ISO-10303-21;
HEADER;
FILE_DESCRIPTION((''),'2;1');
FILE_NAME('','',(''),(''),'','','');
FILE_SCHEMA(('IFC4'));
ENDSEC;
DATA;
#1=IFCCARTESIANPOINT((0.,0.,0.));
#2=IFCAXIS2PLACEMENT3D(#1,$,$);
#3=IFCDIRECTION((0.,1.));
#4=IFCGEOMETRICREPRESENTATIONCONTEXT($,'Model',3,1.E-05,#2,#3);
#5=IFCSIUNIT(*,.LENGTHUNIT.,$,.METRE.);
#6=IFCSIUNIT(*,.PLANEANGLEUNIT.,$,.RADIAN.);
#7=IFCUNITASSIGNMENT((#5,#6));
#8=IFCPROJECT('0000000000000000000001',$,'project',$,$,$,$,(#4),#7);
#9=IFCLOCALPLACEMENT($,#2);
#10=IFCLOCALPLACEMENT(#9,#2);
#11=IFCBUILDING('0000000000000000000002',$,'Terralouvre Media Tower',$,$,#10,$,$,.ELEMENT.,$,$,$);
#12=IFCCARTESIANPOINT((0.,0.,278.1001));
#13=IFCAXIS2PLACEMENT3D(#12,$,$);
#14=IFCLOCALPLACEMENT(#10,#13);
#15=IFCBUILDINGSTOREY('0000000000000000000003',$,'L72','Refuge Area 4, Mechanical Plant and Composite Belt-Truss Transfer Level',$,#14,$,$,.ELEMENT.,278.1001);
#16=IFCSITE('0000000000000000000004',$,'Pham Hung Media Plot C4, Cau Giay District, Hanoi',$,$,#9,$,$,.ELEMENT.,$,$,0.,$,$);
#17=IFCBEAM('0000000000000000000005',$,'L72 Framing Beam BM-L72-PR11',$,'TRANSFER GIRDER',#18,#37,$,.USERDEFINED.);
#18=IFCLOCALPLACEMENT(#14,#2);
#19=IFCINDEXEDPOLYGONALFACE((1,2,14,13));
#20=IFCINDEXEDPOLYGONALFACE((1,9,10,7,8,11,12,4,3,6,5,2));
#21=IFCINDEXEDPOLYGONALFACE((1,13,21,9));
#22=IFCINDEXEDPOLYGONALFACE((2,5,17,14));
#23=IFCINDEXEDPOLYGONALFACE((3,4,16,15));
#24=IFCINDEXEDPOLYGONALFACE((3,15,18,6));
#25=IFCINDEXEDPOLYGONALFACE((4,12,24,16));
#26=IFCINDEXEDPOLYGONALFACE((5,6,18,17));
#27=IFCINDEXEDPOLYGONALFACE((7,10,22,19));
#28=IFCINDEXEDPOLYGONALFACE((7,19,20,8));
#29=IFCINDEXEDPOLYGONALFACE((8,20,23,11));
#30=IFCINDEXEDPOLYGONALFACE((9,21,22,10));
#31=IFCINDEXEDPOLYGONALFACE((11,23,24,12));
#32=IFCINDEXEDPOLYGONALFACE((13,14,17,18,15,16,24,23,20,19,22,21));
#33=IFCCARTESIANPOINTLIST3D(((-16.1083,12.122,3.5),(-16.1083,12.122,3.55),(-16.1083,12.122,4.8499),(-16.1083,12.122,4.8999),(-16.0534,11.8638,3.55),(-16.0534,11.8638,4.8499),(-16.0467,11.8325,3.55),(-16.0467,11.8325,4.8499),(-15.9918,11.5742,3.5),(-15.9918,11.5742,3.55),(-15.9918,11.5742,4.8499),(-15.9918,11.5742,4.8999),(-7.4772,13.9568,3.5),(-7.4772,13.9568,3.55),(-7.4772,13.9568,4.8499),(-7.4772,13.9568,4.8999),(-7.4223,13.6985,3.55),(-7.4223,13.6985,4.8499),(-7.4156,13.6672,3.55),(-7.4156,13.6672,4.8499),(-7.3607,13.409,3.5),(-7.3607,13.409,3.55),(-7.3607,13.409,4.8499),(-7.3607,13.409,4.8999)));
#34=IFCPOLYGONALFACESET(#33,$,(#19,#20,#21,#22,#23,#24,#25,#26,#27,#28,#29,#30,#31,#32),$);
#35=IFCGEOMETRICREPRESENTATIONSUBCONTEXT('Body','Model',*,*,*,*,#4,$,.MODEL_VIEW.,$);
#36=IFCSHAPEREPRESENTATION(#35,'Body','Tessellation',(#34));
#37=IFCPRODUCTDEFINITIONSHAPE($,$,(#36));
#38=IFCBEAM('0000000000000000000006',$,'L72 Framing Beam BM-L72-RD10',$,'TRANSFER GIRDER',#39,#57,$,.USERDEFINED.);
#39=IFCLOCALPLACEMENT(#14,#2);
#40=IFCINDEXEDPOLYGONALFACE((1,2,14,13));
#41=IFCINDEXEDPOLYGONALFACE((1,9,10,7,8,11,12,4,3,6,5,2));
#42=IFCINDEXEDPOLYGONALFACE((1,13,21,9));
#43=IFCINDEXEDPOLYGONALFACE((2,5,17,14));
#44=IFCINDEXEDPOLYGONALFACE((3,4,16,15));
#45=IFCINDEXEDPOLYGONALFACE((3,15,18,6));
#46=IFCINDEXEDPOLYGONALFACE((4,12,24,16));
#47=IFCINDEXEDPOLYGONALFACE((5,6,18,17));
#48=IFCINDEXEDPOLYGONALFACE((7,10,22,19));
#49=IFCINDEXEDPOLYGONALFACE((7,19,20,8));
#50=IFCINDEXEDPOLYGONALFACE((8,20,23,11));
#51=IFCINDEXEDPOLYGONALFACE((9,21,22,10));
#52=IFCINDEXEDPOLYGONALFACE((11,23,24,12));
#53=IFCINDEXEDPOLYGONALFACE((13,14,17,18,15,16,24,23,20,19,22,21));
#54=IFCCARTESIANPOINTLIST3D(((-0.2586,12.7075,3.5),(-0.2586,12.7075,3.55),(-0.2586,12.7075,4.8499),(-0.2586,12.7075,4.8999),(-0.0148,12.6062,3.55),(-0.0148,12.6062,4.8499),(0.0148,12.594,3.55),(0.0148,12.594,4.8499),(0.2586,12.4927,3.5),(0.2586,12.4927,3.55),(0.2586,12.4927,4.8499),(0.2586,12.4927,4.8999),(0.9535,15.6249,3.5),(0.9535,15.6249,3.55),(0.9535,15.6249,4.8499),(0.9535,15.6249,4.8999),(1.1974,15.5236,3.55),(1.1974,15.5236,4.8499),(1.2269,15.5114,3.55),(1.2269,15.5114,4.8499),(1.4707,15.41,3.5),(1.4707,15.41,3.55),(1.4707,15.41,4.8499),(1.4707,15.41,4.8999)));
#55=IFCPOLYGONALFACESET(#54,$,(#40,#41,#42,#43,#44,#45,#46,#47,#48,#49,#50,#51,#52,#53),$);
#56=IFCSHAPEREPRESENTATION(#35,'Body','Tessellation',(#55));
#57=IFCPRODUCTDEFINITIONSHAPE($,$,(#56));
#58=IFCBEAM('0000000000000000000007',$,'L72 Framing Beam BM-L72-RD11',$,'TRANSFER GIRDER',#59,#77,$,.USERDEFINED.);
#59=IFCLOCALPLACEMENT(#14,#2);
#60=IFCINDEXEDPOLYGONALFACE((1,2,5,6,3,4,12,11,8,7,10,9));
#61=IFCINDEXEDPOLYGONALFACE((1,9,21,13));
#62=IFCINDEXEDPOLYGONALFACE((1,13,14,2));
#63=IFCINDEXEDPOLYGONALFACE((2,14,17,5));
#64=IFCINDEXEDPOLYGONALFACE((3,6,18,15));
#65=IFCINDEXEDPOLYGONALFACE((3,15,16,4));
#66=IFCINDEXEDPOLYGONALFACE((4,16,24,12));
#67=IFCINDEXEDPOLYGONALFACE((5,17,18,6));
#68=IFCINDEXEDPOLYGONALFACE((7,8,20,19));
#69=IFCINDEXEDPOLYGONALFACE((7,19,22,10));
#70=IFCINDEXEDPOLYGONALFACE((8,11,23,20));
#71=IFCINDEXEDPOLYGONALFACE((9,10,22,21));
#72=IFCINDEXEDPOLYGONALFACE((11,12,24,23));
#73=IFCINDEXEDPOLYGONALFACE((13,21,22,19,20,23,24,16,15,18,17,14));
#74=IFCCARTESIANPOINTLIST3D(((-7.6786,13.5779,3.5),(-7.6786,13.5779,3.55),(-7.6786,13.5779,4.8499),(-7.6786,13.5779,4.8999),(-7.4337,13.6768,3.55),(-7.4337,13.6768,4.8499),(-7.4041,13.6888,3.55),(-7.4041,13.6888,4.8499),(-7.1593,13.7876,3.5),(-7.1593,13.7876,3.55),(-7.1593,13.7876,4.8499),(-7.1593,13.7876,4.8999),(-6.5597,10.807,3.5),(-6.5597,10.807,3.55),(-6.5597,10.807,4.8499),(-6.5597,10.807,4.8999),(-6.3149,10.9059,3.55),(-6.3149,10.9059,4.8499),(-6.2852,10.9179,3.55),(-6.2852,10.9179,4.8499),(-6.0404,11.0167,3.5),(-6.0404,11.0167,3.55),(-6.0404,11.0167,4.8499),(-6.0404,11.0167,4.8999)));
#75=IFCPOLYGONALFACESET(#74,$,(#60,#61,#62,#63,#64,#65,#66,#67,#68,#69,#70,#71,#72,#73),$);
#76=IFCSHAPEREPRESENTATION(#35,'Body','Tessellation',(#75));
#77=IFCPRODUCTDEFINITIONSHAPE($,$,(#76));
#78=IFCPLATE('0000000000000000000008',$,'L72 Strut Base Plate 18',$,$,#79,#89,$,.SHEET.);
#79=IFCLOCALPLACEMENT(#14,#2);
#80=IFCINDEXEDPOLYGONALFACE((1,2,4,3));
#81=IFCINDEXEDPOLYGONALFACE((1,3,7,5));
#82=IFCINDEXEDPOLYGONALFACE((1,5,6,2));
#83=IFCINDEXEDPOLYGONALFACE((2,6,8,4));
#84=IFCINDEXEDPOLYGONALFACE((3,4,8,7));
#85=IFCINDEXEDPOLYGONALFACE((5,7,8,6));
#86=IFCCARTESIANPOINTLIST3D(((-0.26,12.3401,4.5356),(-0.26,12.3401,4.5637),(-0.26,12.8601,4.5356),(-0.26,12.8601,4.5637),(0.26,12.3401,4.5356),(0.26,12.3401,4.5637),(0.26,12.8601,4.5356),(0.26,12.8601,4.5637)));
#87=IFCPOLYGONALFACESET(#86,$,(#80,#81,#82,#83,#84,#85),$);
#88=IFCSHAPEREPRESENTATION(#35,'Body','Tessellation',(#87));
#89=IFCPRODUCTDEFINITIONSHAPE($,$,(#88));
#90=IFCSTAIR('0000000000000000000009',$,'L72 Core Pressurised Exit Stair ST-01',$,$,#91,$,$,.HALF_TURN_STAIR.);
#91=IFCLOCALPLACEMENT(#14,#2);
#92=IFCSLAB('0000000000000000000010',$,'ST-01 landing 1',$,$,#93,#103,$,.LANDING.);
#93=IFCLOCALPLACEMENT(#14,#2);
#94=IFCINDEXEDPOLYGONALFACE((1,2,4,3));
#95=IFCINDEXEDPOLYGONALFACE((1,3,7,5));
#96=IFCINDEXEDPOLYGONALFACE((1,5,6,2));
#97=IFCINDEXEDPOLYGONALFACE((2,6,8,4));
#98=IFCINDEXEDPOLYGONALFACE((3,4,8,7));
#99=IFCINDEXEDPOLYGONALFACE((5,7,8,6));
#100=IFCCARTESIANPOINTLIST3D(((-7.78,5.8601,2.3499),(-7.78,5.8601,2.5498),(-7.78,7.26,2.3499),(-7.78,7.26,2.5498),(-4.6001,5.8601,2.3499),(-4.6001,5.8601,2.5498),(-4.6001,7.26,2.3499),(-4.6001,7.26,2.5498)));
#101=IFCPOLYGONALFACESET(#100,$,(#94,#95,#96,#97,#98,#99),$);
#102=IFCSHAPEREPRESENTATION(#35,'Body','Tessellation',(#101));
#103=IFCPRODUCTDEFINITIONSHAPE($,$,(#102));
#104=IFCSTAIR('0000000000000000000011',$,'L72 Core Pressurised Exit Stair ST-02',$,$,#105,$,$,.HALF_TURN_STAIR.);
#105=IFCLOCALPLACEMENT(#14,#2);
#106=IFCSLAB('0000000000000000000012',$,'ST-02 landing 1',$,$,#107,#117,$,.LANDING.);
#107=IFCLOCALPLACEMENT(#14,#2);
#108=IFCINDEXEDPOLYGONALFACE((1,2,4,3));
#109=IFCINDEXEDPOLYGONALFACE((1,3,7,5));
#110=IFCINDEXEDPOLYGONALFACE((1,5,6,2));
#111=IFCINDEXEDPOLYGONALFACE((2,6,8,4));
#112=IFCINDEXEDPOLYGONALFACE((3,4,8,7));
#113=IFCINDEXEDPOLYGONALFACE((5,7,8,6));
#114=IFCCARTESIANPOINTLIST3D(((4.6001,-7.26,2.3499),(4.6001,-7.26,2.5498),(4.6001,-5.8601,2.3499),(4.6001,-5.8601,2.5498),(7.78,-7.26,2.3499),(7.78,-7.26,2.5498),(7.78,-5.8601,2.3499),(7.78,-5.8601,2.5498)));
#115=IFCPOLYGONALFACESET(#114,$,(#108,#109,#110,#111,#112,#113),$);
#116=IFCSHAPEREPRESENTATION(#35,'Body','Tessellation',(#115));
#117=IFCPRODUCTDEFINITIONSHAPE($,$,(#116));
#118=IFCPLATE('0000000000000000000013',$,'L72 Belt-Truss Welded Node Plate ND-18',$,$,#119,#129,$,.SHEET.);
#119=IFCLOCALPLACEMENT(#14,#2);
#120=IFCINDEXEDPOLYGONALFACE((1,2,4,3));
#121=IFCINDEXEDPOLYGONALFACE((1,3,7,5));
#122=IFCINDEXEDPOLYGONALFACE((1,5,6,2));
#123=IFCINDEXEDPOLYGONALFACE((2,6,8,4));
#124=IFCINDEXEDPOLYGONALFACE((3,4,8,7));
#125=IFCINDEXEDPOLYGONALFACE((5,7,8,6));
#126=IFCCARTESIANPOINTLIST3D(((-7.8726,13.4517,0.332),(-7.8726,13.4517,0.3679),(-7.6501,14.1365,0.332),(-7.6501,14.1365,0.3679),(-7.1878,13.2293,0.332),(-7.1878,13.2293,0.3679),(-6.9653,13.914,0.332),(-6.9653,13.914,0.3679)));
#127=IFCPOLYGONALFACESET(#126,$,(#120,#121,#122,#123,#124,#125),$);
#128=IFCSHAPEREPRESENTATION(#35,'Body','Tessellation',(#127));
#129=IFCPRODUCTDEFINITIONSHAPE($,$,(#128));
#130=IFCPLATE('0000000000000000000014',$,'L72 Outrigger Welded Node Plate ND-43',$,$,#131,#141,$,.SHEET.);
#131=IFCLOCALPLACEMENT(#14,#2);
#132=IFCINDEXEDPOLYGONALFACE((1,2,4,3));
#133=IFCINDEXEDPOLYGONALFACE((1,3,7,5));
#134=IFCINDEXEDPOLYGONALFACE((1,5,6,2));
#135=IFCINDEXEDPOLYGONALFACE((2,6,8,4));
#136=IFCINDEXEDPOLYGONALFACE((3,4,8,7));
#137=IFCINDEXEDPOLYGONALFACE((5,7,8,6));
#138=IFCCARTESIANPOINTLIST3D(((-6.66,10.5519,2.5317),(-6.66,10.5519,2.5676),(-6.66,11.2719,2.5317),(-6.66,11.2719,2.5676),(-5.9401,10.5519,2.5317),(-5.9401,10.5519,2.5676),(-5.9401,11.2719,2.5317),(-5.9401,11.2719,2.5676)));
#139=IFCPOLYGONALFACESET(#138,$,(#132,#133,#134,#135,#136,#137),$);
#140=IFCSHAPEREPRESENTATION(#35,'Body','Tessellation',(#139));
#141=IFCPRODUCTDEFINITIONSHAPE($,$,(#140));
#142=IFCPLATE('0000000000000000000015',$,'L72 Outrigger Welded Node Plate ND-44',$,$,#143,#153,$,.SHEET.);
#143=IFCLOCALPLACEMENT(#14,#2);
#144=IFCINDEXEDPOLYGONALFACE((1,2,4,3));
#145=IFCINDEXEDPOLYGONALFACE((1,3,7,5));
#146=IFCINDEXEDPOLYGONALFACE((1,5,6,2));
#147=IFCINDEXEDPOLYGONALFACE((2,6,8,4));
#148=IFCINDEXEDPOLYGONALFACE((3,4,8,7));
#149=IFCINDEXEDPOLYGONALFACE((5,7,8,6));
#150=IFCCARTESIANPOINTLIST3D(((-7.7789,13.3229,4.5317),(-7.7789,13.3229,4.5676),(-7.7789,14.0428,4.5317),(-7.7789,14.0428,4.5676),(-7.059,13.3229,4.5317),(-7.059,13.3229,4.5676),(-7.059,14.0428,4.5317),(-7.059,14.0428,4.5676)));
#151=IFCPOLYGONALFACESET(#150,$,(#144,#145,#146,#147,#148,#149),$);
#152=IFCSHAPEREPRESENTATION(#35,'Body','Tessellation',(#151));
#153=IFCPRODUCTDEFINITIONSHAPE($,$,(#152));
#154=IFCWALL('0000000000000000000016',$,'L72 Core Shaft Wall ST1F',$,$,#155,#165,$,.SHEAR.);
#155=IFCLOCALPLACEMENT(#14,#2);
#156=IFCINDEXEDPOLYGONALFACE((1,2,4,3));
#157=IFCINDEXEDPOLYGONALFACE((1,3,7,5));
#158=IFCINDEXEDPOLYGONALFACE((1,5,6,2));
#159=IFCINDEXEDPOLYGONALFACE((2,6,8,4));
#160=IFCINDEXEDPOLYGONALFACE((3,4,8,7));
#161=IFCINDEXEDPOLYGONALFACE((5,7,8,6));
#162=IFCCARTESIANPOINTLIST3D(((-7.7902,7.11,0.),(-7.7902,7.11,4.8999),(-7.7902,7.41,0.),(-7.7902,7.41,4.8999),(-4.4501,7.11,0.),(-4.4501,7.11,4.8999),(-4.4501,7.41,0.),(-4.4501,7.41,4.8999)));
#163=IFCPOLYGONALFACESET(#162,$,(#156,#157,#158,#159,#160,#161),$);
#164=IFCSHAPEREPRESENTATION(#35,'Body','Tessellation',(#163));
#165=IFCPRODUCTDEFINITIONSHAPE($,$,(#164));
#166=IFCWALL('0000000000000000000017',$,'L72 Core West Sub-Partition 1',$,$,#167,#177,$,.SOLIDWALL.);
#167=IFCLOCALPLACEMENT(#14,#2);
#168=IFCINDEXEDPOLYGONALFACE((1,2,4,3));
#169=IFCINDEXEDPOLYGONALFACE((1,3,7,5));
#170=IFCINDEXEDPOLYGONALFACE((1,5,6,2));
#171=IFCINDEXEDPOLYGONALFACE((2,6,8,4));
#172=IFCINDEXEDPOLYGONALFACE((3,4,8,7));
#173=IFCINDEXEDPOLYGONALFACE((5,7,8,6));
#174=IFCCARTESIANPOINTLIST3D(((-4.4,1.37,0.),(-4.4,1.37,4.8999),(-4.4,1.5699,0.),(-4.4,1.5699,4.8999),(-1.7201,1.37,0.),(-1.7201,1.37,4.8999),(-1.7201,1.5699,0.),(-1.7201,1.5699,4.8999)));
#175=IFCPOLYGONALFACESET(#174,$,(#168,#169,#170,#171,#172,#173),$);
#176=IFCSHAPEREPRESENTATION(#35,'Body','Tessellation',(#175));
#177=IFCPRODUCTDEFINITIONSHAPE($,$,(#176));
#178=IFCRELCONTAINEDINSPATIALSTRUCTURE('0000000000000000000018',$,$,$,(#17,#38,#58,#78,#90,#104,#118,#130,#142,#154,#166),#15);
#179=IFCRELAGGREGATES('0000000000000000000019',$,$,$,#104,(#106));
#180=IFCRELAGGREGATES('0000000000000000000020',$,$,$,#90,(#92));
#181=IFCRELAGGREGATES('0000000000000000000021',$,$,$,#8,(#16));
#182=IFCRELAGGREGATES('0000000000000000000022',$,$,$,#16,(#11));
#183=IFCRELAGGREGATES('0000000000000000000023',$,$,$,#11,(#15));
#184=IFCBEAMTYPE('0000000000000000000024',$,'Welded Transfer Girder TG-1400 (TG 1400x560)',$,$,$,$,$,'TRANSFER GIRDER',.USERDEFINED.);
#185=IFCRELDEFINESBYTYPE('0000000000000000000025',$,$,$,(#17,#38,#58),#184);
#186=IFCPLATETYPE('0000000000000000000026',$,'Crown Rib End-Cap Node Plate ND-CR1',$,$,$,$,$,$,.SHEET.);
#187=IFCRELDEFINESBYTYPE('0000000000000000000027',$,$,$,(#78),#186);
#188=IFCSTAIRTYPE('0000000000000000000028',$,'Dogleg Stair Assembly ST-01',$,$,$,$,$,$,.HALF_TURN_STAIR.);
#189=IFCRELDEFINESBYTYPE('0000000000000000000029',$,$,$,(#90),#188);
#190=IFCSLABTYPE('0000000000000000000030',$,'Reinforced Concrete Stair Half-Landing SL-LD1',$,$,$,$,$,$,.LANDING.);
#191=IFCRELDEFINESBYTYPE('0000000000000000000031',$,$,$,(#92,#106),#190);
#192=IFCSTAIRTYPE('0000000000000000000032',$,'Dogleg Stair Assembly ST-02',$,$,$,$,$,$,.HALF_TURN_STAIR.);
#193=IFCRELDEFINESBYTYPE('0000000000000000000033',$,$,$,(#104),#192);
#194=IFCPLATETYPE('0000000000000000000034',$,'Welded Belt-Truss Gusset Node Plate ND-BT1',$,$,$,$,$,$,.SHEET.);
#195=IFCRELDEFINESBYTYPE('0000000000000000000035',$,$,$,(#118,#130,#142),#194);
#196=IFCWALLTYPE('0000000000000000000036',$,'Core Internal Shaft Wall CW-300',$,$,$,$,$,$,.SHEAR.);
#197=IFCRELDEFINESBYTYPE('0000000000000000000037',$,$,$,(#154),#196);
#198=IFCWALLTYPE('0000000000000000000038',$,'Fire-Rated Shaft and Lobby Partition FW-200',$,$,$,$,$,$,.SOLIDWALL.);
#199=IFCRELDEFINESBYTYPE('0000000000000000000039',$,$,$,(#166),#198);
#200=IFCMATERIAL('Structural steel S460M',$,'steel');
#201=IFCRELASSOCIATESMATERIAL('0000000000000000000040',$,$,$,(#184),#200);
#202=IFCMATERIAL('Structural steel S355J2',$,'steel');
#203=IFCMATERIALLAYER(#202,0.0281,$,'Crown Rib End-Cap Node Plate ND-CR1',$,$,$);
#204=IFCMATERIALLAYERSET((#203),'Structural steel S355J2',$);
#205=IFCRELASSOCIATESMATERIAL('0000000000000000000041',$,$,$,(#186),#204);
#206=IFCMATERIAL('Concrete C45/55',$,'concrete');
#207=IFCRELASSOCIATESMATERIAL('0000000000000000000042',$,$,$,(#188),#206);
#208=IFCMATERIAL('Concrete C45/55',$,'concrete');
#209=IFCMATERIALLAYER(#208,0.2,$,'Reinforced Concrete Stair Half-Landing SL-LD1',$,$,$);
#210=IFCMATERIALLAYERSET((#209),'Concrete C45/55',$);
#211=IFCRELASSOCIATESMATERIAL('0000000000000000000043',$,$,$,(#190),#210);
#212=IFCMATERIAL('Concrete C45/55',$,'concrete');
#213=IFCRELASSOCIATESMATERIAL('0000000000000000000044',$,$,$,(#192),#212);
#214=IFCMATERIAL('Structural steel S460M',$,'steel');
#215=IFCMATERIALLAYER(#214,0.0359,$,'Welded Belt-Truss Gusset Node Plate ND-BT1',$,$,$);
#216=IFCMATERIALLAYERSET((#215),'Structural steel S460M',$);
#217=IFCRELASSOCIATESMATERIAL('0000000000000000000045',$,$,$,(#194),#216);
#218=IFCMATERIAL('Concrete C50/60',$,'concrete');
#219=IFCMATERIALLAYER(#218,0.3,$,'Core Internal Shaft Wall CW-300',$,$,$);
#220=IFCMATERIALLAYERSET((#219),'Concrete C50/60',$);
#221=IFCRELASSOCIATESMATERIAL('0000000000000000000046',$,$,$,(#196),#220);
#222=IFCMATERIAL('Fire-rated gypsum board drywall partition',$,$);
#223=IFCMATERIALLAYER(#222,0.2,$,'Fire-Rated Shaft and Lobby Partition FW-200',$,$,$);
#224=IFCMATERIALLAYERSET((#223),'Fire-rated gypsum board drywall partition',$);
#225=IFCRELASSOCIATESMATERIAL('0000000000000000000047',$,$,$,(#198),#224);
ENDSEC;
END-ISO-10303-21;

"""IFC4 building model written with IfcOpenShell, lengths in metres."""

from ifc_helpers import new_model, si_unit, direction, frame, frame_2d, origin, origin_2d, place, context, subcontext, project, spatial, polyline, rectangle, i_section, outline, extrude, material, layer, layer_set, material_profile, profile_set, type_object, element, aggregate, save


model = new_model("IFC4")

# Units and contexts
model_context = context("Model", 3, precision=1e-05, world=origin(), true_north=direction((0.0, 1.0)))
body_context = subcontext(model_context, "Body", "Model", "MODEL_VIEW")
ifc_project = project(units=[si_unit("LENGTHUNIT", "METRE"), si_unit("PLANEANGLEUNIT", "RADIAN")], contexts=[model_context])

# Site, building, storey
site_placement = place(None, origin())
site = spatial("IfcSite", under=ifc_project, at=site_placement, Name="Pham Hung Media Plot C4, Cau Giay District, Hanoi", CompositionType="ELEMENT", RefElevation=0.0)
building_placement = place(site_placement, origin())
building = spatial("IfcBuilding", under=site, at=building_placement, Name="Terralouvre Media Tower", CompositionType="ELEMENT")
storey_placement = place(building_placement, frame((0.0, 0.0, 278.1001)))
storey = spatial("IfcBuildingStorey", under=building, at=storey_placement, Name="L72", Description="Refuge Area 4, Mechanical Plant and Composite Belt-Truss Transfer Level", CompositionType="ELEMENT", Elevation=278.1001)

# Beams
ifc_material_1 = material(Name="Structural steel S460M", Category="steel")
ifc_material_profile_1 = material_profile(ifc_material_1, i_section(OverallWidth=0.5601, OverallDepth=1.3999, WebThickness=0.032, FlangeThickness=0.05, at=origin_2d()), Name="TG 1400x560")
ifc_profile_set_1 = profile_set([ifc_material_profile_1], Name="Structural steel S460M")
beam_type_1 = type_object("IfcBeamType", Name="Welded Transfer Girder TG-1400 (TG 1400x560)", ElementType="TRANSFER GIRDER", PredefinedType="USERDEFINED", material=ifc_profile_set_1)
beam_1_placement = place(storey_placement, frame((-7.4189, 13.6829, 4.2), z_axis=(-0.978145, -0.207925, 0.0), x_axis=(0.207925, -0.978145, 0.0)))
element("IfcBeam", 1, at=beam_1_placement, inside=storey, type_object=beam_type_1, Name="L72 Framing Beam BM-L72-PR11", ObjectType="TRANSFER GIRDER", PredefinedType="USERDEFINED", context=body_context, shape_type="SweptSolid", body=[
    extrude(i_section(OverallWidth=0.5601, OverallDepth=1.3999, WebThickness=0.032, FlangeThickness=0.05, at=origin_2d()), origin(), (0.0, 0.0, 1.0), 8.824),
])
beam_2_placement = place(storey_placement, frame((0.0, 12.6001, 4.2), z_axis=(0.383682, 0.923465, 0.0), x_axis=(-0.923465, 0.383682, 0.0)))
element("IfcBeam", 2, at=beam_2_placement, inside=storey, type_object=beam_type_1, Name="L72 Framing Beam BM-L72-RD10", ObjectType="TRANSFER GIRDER", PredefinedType="USERDEFINED", context=body_context, shape_type="SweptSolid", body=[
    extrude(i_section(OverallWidth=0.5601, OverallDepth=1.3999, WebThickness=0.032, FlangeThickness=0.05, at=origin_2d()), origin(), (0.0, 0.0, 1.0), 3.1592),
])
beam_3_placement = place(storey_placement, frame((-6.3, 10.9119, 4.2), z_axis=(-0.374417, 0.92726, 0.0), x_axis=(-0.92726, -0.374417, 0.0)))
element("IfcBeam", 3, at=beam_3_placement, inside=storey, type_object=beam_type_1, Name="L72 Framing Beam BM-L72-RD11", ObjectType="TRANSFER GIRDER", PredefinedType="USERDEFINED", context=body_context, shape_type="SweptSolid", body=[
    extrude(i_section(OverallWidth=0.5601, OverallDepth=1.3999, WebThickness=0.032, FlangeThickness=0.05, at=origin_2d()), origin(), (0.0, 0.0, 1.0), 2.9883),
])

# Plate
ifc_material_2 = material(Name="Structural steel S355J2", Category="steel")
ifc_layer_1 = layer(ifc_material_2, 0.0281, Name="Crown Rib End-Cap Node Plate ND-CR1")
ifc_layer_set_1 = layer_set([ifc_layer_1], Name="Structural steel S355J2")
plate_type_1 = type_object("IfcPlateType", Name="Crown Rib End-Cap Node Plate ND-CR1", PredefinedType="SHEET", material=ifc_layer_set_1)
plate_placement = place(storey_placement, frame((0.0, 12.6001, 4.5356), z_axis=(0.0, 0.0, 1.0), x_axis=(1.0, 0.0, 0.0)))
element("IfcPlate", 4, at=plate_placement, inside=storey, type_object=plate_type_1, Name="L72 Strut Base Plate 18", PredefinedType="SHEET", context=body_context, shape_type="SweptSolid", body=[
    extrude(rectangle(XDim=0.52, YDim=0.52, at=origin_2d()), origin(), (0.0, 0.0, 1.0), 0.0281),
])

# Stairs, slabs
ifc_material_3 = material(Name="Concrete C45/55", Category="concrete")
stair_type_1 = type_object("IfcStairType", Name="Dogleg Stair Assembly ST-01", PredefinedType="HALF_TURN_STAIR", material=ifc_material_3)
stair_1_placement = place(storey_placement, origin())
stair_1 = element("IfcStair", 5, at=stair_1_placement, inside=storey, type_object=stair_type_1, Name="L72 Core Pressurised Exit Stair ST-01", PredefinedType="HALF_TURN_STAIR")
ifc_material_4 = material(Name="Concrete C45/55", Category="concrete")
ifc_layer_2 = layer(ifc_material_4, 0.2, Name="Reinforced Concrete Stair Half-Landing SL-LD1")
ifc_layer_set_2 = layer_set([ifc_layer_2], Name="Concrete C45/55")
slab_type_1 = type_object("IfcSlabType", Name="Reinforced Concrete Stair Half-Landing SL-LD1", PredefinedType="LANDING", material=ifc_layer_set_2)
slab_1_placement = place(storey_placement, frame((0.0, 0.0, 2.3499)))
slab_1 = element("IfcSlab", 6, at=slab_1_placement, type_object=slab_type_1, Name="ST-01 landing 1", PredefinedType="LANDING", context=body_context, shape_type="SweptSolid", body=[
    extrude(outline(polyline([(-4.6001, 5.8601), (-4.6001, 7.26), (-7.78, 7.26), (-7.78, 5.8601), (-4.6001, 5.8601)])), origin(), (0.0, 0.0, 1.0), 0.2),
])
ifc_material_5 = material(Name="Concrete C45/55", Category="concrete")
stair_type_2 = type_object("IfcStairType", Name="Dogleg Stair Assembly ST-02", PredefinedType="HALF_TURN_STAIR", material=ifc_material_5)
stair_2_placement = place(storey_placement, origin())
stair_2 = element("IfcStair", 7, at=stair_2_placement, inside=storey, type_object=stair_type_2, Name="L72 Core Pressurised Exit Stair ST-02", PredefinedType="HALF_TURN_STAIR")
slab_2_placement = place(storey_placement, frame((0.0, 0.0, 2.3499)))
slab_2 = element("IfcSlab", 8, at=slab_2_placement, type_object=slab_type_1, Name="ST-02 landing 1", PredefinedType="LANDING", context=body_context, shape_type="SweptSolid", body=[
    extrude(outline(polyline([(4.6001, -5.8601), (4.6001, -7.26), (7.78, -7.26), (7.78, -5.8601), (4.6001, -5.8601)])), origin(), (0.0, 0.0, 1.0), 0.2),
])
aggregate(stair_2, [slab_2])

# Plates
ifc_material_6 = material(Name="Structural steel S460M", Category="steel")
ifc_layer_3 = layer(ifc_material_6, 0.0359, Name="Welded Belt-Truss Gusset Node Plate ND-BT1")
ifc_layer_set_3 = layer_set([ifc_layer_3], Name="Structural steel S460M")
plate_type_2 = type_object("IfcPlateType", Name="Welded Belt-Truss Gusset Node Plate ND-BT1", PredefinedType="SHEET", material=ifc_layer_set_3)
for number, where, z_axis, x_axis, name in (
    (9, (-7.4189, 13.6829, 0.332), (0.0, 0.0, 1.0), (0.309017, 0.951057, 0.0), "L72 Belt-Truss Welded Node Plate ND-18"),
    (10, (-6.3, 10.9119, 2.5317), (0.0, 0.0, 1.0), (1.0, 0.0, 0.0), "L72 Outrigger Welded Node Plate ND-43"),
    (11, (-7.4189, 13.6829, 4.5317), (0.0, 0.0, 1.0), (1.0, 0.0, 0.0), "L72 Outrigger Welded Node Plate ND-44"),
):
    element("IfcPlate", number, at=place(storey_placement, frame(where, z_axis=z_axis, x_axis=x_axis)), inside=storey, type_object=plate_type_2, Name=name, PredefinedType="SHEET", context=body_context, shape_type="SweptSolid", body=[
        extrude(rectangle(XDim=0.72, YDim=0.72, at=origin_2d()), origin(), (0.0, 0.0, 1.0), 0.0359),
    ])

# Walls
ifc_material_7 = material(Name="Concrete C50/60", Category="concrete")
ifc_layer_4 = layer(ifc_material_7, 0.3, Name="Core Internal Shaft Wall CW-300")
ifc_layer_set_4 = layer_set([ifc_layer_4], Name="Concrete C50/60")
wall_type_1 = type_object("IfcWallType", Name="Core Internal Shaft Wall CW-300", PredefinedType="SHEAR", material=ifc_layer_set_4)
wall_1_placement = place(storey_placement, frame((-7.79, 7.26, 0.0), z_axis=(0.0, 0.0, 1.0), x_axis=(1.0, 0.0, 0.0)))
element("IfcWall", 12, at=wall_1_placement, inside=storey, type_object=wall_type_1, Name="L72 Core Shaft Wall ST1F", PredefinedType="SHEAR", context=body_context, shape_type="SweptSolid", body=[
    extrude(rectangle(XDim=3.3401, YDim=0.3, at=frame_2d((1.6699, 0.0))), origin(), (0.0, 0.0, 1.0), 4.8999),
])
ifc_material_8 = material(Name="Fire-rated gypsum board drywall partition")
ifc_layer_5 = layer(ifc_material_8, 0.2, Name="Fire-Rated Shaft and Lobby Partition FW-200")
ifc_layer_set_5 = layer_set([ifc_layer_5], Name="Fire-rated gypsum board drywall partition")
wall_type_2 = type_object("IfcWallType", Name="Fire-Rated Shaft and Lobby Partition FW-200", PredefinedType="SOLIDWALL", material=ifc_layer_set_5)
wall_2_placement = place(storey_placement, frame((-4.3999, 1.47, 0.0), z_axis=(0.0, 0.0, 1.0), x_axis=(1.0, 0.0, 0.0)))
element("IfcWall", 13, at=wall_2_placement, inside=storey, type_object=wall_type_2, Name="L72 Core West Sub-Partition 1", PredefinedType="SOLIDWALL", context=body_context, shape_type="SweptSolid", body=[
    extrude(rectangle(XDim=2.6799, YDim=0.2, at=frame_2d((1.3398, 0.0))), origin(), (0.0, 0.0, 1.0), 4.8999),
])

aggregate(stair_1, [slab_1])

save(model, "model.ifc")
